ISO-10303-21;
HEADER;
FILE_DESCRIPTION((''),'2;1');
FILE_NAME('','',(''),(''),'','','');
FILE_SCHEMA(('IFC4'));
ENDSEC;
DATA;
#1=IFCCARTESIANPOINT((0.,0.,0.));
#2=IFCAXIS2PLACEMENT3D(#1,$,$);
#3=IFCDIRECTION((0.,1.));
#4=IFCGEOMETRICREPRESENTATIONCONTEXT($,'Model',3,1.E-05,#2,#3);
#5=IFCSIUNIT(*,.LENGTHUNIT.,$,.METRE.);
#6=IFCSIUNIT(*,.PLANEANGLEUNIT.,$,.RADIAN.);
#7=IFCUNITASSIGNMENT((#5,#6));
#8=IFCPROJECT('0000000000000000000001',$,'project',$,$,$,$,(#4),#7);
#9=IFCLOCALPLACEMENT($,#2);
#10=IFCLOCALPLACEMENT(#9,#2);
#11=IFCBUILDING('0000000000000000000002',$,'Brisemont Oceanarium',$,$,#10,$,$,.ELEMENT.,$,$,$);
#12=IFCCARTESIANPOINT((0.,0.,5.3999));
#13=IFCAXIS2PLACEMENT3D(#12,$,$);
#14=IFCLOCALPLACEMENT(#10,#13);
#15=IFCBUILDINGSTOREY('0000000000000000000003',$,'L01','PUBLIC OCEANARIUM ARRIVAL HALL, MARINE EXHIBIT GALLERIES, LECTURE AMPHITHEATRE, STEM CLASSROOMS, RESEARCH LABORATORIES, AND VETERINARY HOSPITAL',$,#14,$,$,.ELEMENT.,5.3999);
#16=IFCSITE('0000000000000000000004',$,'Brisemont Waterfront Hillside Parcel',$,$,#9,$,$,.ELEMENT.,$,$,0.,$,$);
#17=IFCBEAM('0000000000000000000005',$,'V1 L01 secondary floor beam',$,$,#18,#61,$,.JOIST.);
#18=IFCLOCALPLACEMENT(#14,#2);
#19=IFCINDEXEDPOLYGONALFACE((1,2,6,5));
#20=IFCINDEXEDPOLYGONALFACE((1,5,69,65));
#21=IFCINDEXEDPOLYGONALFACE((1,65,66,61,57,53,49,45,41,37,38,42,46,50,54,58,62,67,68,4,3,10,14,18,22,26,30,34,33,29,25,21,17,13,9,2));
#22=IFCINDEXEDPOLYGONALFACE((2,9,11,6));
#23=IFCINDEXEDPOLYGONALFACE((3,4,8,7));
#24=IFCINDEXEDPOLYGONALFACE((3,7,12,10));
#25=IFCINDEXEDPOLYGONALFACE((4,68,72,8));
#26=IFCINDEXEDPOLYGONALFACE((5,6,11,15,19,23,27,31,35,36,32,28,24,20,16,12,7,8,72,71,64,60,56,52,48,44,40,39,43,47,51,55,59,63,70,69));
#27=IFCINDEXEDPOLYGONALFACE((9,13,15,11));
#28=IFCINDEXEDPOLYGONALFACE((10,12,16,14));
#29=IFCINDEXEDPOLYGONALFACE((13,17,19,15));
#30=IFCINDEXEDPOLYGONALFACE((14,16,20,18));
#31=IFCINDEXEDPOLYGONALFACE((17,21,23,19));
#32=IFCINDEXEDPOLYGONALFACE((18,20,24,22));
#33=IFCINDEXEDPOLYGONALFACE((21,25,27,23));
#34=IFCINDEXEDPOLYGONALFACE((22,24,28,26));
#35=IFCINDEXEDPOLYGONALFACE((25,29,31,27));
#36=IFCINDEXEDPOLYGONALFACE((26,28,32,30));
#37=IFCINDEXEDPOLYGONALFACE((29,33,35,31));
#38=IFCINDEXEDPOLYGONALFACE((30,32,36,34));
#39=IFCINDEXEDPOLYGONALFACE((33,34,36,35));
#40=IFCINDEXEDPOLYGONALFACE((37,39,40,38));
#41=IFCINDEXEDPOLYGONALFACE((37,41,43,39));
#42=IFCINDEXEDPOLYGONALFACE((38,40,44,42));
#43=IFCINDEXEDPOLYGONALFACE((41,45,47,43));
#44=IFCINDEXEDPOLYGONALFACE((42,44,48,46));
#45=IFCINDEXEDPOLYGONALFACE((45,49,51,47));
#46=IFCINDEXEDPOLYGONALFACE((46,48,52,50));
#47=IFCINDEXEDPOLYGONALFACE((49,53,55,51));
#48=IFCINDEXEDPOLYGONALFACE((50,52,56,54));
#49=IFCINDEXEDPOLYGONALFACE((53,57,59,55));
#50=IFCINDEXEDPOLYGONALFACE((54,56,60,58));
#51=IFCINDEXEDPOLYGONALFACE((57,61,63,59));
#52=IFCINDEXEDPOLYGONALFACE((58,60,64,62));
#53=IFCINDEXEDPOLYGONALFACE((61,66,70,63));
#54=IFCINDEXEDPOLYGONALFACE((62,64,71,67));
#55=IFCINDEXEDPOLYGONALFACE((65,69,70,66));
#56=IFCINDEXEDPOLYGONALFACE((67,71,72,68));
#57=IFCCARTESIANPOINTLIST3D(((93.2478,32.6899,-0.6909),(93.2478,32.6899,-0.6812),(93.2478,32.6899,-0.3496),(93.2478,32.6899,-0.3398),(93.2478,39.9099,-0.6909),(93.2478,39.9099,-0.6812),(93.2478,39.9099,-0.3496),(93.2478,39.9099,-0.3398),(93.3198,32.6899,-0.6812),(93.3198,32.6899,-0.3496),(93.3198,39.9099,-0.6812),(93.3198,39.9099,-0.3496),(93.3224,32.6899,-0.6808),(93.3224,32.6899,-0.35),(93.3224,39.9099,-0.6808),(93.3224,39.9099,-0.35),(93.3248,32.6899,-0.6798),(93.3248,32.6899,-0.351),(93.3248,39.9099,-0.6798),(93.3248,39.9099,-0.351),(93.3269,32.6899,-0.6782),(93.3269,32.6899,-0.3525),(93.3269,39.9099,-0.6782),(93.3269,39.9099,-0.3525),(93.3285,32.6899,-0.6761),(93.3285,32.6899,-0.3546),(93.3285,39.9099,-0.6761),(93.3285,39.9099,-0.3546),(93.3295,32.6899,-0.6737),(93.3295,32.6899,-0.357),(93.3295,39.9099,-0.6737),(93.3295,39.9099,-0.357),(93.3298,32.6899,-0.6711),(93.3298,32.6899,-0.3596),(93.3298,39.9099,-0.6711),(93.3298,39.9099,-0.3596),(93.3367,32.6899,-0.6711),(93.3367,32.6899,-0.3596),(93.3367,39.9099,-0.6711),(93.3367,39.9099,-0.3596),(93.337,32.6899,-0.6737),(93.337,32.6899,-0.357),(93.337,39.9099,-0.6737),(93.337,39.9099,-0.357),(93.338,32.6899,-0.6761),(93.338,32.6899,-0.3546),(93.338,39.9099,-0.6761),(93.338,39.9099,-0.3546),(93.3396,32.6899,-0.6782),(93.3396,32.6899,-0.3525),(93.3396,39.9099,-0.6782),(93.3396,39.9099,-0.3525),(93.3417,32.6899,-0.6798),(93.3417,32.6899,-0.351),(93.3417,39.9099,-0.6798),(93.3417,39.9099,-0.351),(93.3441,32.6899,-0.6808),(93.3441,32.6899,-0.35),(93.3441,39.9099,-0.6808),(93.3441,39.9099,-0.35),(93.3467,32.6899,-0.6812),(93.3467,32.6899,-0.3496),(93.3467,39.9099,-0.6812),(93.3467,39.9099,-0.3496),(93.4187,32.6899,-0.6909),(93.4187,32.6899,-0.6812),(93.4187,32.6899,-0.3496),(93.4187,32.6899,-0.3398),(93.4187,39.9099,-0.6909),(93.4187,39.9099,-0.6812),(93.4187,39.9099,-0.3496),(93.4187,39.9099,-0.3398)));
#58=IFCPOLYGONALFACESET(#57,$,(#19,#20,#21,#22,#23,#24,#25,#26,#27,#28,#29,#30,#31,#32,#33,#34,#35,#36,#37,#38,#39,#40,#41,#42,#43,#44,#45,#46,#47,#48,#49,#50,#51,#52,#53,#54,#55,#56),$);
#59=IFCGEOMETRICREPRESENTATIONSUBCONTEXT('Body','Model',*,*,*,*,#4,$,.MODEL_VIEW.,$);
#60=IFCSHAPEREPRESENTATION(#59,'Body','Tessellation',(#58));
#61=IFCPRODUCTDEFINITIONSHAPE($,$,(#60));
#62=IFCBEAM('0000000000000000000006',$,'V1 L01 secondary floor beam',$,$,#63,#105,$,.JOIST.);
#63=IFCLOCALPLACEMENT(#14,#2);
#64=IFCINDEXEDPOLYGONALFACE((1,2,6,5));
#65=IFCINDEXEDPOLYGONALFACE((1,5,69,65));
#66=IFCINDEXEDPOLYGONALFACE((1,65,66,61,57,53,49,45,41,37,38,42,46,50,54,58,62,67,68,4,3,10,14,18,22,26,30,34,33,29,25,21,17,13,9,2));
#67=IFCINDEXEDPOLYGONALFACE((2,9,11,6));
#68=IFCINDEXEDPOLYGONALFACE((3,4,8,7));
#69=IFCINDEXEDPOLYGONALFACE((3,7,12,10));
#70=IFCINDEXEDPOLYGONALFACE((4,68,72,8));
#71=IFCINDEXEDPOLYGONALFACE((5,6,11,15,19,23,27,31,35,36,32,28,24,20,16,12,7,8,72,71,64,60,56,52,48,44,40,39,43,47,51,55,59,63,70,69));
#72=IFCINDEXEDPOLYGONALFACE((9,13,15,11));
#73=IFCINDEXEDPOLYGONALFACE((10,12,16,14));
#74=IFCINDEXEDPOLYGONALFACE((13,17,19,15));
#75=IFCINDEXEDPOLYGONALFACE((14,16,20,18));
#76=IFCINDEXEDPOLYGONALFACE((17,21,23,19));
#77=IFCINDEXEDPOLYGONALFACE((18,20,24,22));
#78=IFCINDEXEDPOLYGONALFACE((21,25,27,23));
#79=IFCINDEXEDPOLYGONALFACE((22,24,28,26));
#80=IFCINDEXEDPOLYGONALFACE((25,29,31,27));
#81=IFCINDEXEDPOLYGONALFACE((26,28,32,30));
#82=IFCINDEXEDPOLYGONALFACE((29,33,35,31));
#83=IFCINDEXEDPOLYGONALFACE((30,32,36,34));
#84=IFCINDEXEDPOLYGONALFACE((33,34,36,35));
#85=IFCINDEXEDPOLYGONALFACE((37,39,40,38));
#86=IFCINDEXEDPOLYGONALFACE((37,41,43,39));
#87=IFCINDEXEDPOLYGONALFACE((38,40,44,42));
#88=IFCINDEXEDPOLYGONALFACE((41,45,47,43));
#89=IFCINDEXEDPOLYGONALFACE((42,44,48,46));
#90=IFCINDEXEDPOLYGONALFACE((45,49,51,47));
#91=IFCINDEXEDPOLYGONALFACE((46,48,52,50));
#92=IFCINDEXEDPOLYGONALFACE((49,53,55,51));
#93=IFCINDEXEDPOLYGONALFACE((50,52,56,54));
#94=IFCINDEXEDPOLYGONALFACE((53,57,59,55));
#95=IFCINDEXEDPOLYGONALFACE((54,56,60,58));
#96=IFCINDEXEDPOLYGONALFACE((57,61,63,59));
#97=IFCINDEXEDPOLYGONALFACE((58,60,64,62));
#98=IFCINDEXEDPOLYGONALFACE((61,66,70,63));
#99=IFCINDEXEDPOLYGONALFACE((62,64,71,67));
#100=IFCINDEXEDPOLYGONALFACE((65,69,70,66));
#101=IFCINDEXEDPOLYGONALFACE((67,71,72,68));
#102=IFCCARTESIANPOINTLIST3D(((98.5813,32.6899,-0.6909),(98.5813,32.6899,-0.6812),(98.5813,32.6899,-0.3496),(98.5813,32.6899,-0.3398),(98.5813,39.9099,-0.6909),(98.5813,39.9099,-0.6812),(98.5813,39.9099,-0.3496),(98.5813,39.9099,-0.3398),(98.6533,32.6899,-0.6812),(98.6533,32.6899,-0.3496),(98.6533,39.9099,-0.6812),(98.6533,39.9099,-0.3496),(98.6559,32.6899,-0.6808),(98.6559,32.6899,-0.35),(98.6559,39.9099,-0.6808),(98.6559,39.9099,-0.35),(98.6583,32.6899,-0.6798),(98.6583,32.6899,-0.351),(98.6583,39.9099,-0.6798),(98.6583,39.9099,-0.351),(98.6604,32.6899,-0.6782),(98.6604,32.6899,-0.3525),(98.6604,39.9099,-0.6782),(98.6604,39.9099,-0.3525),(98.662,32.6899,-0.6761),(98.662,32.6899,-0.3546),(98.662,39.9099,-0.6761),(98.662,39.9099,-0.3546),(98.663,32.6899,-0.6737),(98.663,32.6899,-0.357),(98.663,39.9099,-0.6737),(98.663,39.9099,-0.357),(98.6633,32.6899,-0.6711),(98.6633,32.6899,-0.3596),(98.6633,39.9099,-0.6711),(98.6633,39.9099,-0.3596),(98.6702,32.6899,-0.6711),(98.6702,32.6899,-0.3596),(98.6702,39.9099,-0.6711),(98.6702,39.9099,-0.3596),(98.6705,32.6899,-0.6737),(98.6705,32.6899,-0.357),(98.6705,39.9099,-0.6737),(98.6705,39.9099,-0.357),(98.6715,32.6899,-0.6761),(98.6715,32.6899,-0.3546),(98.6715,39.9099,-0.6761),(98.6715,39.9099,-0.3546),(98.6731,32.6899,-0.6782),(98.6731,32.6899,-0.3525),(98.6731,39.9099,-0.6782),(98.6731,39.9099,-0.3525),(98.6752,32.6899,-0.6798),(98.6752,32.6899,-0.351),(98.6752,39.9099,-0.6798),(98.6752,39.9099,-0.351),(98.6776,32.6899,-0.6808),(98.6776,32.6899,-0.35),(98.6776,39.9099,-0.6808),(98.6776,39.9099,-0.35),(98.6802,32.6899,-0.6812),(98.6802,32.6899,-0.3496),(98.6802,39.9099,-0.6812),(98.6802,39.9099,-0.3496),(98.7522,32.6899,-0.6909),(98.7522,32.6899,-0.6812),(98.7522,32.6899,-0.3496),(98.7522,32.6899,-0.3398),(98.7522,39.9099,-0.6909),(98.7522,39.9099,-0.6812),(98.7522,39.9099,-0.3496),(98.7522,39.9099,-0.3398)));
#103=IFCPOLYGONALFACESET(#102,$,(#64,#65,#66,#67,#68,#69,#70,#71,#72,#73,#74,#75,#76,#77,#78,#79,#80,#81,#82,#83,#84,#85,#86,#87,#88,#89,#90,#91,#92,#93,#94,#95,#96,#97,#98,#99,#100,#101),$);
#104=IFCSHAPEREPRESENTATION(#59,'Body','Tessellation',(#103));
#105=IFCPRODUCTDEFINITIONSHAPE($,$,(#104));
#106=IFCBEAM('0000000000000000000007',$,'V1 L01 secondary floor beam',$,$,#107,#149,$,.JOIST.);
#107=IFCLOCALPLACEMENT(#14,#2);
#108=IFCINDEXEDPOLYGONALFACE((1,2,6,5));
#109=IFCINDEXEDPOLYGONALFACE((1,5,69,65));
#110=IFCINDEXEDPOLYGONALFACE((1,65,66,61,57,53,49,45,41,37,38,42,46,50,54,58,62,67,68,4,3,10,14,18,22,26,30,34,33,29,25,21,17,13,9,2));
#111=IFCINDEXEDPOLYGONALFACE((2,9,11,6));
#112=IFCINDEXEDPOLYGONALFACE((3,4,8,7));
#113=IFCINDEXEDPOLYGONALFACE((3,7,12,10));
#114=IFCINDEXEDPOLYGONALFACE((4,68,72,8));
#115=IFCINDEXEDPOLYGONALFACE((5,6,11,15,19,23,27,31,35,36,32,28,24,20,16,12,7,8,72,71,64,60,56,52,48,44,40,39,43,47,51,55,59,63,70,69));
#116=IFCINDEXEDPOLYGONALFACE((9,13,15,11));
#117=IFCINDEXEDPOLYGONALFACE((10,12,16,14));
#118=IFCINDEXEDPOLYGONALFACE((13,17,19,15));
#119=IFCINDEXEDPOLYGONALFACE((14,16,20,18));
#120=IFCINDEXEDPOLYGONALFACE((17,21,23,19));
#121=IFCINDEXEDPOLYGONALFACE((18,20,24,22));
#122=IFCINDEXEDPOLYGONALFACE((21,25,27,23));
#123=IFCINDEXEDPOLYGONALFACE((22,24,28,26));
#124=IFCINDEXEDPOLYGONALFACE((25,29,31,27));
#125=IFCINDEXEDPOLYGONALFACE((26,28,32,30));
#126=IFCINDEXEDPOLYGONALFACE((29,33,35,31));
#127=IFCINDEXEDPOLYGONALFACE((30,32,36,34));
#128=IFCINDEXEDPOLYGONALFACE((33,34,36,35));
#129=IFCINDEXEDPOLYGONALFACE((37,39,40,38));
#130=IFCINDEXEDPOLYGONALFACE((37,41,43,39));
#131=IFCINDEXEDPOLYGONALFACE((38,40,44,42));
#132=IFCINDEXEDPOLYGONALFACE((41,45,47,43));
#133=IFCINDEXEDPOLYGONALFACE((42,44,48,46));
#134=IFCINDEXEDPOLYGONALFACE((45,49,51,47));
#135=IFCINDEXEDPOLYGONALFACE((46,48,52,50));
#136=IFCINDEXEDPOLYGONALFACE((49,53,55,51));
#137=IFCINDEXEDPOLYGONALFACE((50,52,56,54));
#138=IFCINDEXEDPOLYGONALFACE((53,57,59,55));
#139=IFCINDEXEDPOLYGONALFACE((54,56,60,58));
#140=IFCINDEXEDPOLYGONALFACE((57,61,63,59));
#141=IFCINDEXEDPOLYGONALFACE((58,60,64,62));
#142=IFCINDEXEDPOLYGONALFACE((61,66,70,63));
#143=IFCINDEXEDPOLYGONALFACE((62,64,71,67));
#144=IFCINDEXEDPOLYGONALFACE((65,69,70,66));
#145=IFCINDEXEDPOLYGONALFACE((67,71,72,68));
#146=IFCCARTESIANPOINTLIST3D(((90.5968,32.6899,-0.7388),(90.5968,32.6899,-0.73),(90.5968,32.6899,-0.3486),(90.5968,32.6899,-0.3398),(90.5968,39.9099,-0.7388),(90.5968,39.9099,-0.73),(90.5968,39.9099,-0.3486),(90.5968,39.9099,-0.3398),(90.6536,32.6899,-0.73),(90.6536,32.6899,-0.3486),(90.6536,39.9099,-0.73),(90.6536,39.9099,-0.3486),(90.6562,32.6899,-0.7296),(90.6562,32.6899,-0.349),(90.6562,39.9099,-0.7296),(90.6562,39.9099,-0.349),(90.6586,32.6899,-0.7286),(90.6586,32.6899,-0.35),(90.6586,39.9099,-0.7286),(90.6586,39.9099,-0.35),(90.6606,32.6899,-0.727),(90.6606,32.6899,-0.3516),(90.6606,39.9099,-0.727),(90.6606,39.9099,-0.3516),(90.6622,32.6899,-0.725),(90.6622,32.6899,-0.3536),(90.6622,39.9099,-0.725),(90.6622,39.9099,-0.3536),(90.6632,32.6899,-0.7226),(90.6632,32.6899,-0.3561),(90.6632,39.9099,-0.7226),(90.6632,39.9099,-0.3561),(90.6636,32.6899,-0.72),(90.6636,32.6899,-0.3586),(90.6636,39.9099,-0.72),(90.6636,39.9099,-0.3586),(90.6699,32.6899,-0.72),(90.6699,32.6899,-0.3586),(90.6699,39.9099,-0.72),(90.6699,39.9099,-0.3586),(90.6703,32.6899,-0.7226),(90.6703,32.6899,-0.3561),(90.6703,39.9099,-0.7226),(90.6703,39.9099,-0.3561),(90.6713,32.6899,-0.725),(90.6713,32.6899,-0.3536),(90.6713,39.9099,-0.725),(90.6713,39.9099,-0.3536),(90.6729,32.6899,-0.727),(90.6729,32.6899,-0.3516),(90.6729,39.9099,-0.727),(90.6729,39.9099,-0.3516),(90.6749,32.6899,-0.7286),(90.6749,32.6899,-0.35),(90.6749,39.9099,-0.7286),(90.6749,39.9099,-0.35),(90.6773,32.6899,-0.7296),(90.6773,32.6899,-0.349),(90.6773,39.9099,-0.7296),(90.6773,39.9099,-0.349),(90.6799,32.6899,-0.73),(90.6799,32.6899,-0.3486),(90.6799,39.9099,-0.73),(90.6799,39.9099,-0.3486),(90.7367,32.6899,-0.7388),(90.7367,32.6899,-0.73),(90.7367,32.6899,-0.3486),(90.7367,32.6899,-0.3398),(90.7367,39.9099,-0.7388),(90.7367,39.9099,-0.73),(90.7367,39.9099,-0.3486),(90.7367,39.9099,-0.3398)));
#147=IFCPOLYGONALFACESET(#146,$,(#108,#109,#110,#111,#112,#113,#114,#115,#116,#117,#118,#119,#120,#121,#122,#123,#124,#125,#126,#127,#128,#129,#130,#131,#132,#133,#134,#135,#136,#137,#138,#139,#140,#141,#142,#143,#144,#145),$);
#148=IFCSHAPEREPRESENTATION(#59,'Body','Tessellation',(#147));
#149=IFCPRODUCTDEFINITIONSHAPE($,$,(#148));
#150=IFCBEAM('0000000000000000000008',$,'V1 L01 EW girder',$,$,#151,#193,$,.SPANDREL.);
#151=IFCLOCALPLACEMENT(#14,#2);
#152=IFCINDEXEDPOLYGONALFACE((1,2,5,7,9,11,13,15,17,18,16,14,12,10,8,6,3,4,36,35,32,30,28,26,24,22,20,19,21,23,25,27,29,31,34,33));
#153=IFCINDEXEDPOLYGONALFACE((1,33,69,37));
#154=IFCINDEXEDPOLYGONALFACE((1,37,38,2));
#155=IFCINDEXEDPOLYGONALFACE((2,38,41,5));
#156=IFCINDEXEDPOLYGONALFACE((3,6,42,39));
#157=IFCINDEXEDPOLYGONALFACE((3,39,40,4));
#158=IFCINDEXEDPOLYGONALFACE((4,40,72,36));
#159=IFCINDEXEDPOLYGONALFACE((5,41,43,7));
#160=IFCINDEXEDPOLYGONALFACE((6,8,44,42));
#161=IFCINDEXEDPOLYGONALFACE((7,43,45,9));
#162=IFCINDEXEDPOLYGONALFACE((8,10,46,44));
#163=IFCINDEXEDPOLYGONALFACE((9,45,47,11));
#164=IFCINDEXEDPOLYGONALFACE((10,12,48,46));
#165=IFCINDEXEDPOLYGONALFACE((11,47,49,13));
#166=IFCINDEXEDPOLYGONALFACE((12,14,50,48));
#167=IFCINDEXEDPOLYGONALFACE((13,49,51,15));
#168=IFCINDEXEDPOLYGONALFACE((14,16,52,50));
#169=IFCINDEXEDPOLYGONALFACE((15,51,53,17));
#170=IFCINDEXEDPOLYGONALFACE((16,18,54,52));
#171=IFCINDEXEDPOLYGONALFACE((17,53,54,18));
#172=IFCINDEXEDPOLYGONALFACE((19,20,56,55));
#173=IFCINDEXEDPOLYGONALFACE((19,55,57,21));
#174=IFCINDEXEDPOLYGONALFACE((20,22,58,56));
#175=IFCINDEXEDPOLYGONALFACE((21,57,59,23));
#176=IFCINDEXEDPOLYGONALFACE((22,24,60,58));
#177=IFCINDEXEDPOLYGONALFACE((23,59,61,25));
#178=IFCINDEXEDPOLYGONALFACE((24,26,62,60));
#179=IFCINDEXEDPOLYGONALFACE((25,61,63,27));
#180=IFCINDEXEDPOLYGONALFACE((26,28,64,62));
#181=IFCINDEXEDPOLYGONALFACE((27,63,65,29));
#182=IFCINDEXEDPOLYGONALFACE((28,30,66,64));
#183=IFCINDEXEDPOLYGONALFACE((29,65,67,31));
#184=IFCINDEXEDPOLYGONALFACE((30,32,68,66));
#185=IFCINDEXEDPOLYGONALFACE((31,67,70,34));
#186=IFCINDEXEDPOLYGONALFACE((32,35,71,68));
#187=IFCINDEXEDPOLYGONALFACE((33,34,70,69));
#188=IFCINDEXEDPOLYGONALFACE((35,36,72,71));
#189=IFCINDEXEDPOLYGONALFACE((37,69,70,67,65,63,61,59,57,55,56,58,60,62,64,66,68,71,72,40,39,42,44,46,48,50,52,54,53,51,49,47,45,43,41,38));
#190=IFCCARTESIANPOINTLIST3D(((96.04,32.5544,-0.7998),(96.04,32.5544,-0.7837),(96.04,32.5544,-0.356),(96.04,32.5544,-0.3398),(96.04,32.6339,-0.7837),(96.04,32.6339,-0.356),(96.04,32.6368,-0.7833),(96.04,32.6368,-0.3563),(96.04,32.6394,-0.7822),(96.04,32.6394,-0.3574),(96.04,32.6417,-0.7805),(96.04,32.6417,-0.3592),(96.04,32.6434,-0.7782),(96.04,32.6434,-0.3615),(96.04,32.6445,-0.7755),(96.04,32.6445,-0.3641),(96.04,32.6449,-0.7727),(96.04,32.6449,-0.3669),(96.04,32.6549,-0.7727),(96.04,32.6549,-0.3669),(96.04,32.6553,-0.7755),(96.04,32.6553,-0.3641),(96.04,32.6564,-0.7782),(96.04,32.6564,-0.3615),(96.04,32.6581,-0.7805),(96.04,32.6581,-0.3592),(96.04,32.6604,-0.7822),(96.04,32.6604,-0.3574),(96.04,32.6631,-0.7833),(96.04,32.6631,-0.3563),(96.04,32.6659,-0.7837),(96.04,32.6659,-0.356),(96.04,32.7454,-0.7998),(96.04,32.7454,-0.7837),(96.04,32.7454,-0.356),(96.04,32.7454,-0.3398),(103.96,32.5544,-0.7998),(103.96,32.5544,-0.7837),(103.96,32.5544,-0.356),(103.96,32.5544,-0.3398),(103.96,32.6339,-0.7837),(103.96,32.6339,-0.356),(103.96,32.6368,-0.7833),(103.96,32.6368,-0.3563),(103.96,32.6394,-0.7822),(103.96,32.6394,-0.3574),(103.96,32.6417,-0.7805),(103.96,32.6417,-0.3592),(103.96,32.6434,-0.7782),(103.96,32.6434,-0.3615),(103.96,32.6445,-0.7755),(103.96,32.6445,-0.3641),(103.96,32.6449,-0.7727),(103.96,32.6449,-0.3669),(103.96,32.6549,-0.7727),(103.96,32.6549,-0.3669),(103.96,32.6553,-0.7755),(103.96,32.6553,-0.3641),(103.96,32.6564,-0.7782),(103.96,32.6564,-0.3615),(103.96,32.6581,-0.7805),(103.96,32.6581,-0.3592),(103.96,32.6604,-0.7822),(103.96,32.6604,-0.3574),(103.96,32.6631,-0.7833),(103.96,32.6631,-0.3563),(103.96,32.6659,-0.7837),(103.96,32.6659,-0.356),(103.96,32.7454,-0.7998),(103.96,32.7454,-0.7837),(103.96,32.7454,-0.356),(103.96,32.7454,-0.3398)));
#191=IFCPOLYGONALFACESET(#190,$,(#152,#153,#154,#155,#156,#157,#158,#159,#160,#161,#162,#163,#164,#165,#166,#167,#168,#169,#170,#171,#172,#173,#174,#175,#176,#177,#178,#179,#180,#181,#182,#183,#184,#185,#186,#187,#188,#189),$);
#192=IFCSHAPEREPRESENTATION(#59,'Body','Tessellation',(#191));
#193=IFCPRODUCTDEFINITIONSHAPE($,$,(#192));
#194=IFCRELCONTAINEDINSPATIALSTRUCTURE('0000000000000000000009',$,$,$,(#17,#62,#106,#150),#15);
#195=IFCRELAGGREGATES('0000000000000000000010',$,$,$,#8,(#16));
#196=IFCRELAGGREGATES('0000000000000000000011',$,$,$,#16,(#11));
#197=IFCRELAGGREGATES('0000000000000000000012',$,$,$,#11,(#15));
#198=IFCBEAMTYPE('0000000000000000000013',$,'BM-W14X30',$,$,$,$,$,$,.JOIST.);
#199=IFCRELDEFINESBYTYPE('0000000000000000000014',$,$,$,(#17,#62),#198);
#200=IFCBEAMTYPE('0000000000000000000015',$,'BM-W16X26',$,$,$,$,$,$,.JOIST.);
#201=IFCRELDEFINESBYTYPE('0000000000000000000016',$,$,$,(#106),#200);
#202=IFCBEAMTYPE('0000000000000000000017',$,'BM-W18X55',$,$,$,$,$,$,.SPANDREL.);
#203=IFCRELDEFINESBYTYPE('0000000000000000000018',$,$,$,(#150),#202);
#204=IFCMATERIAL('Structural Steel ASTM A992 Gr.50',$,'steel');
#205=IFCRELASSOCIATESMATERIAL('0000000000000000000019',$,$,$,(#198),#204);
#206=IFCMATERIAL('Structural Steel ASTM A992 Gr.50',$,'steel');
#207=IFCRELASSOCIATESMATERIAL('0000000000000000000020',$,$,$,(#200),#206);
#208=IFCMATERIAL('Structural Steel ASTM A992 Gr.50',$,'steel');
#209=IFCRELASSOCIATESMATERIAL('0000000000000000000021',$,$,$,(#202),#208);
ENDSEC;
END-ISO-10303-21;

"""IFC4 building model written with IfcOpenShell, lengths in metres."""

from ifc_helpers import new_model, si_unit, direction, frame, origin, origin_2d, place, context, subcontext, project, spatial, i_section, extrude, material, material_profile, profile_set, type_object, element, save


model = new_model("IFC4")

# Units and contexts
model_context = context("Model", 3, precision=1e-05, world=origin(), true_north=direction((0.0, 1.0)))
body_context = subcontext(model_context, "Body", "Model", "MODEL_VIEW")
ifc_project = project(units=[si_unit("LENGTHUNIT", "METRE"), si_unit("PLANEANGLEUNIT", "RADIAN")], contexts=[model_context])

# Site, building, storey
site_placement = place(None, origin())
site = spatial("IfcSite", under=ifc_project, at=site_placement, Name="Brisemont Waterfront Hillside Parcel", CompositionType="ELEMENT", RefElevation=0.0)
building_placement = place(site_placement, origin())
building = spatial("IfcBuilding", under=site, at=building_placement, Name="Brisemont Oceanarium", CompositionType="ELEMENT")
storey_placement = place(building_placement, frame((0.0, 0.0, 5.3999)))
storey = spatial("IfcBuildingStorey", under=building, at=storey_placement, Name="L01", Description="PUBLIC OCEANARIUM ARRIVAL HALL, MARINE EXHIBIT GALLERIES, LECTURE AMPHITHEATRE, STEM CLASSROOMS, RESEARCH LABORATORIES, AND VETERINARY HOSPITAL", CompositionType="ELEMENT", Elevation=5.3999)

# Beams
ifc_material_1 = material(Name="Structural Steel ASTM A992 Gr.50", Category="steel")
ifc_material_profile_1 = material_profile(ifc_material_1, i_section(OverallWidth=0.1709, OverallDepth=0.3511, WebThickness=0.0068, FlangeThickness=0.0098, FilletRadius=0.01, at=origin_2d()), Name="W14X30")
ifc_profile_set_1 = profile_set([ifc_material_profile_1], Name="Structural Steel ASTM A992 Gr.50")
beam_type_1 = type_object("IfcBeamType", Name="BM-W14X30", PredefinedType="JOIST", material=ifc_profile_set_1)
for number, where, z_axis, x_axis, name in (
    (1, (93.3333, 32.6899, -0.5154), (0.0, 1.0, 0.0), (-1.0, 0.0, 0.0), "V1 L01 secondary floor beam"),
    (2, (98.6667, 32.6899, -0.5154), (0.0, 1.0, 0.0), (-1.0, 0.0, 0.0), "V1 L01 secondary floor beam"),
):
    element("IfcBeam", number, at=place(storey_placement, frame(where, z_axis=z_axis, x_axis=x_axis)), inside=storey, type_object=beam_type_1, Name=name, PredefinedType="JOIST", context=body_context, shape_type="SweptSolid", body=[
        extrude(i_section(OverallWidth=0.1709, OverallDepth=0.3511, WebThickness=0.0068, FlangeThickness=0.0098, FilletRadius=0.01, at=origin_2d()), origin(), (0.0, 0.0, 1.0), 7.22),
    ])
ifc_material_2 = material(Name="Structural Steel ASTM A992 Gr.50", Category="steel")
ifc_material_profile_2 = material_profile(ifc_material_2, i_section(OverallWidth=0.1399, OverallDepth=0.3989, WebThickness=0.0063, FlangeThickness=0.0088, FilletRadius=0.01, at=origin_2d()), Name="W16X26")
ifc_profile_set_2 = profile_set([ifc_material_profile_2], Name="Structural Steel ASTM A992 Gr.50")
beam_type_2 = type_object("IfcBeamType", Name="BM-W16X26", PredefinedType="JOIST", material=ifc_profile_set_2)
beam_1_placement = place(storey_placement, frame((90.6667, 32.6899, -0.5393), z_axis=(0.0, 1.0, 0.0), x_axis=(-1.0, 0.0, 0.0)))
element("IfcBeam", 3, at=beam_1_placement, inside=storey, type_object=beam_type_2, Name="V1 L01 secondary floor beam", PredefinedType="JOIST", context=body_context, shape_type="SweptSolid", body=[
    extrude(i_section(OverallWidth=0.1399, OverallDepth=0.3989, WebThickness=0.0063, FlangeThickness=0.0088, FilletRadius=0.01, at=origin_2d()), origin(), (0.0, 0.0, 1.0), 7.22),
])
ifc_material_3 = material(Name="Structural Steel ASTM A992 Gr.50", Category="steel")
ifc_material_profile_3 = material_profile(ifc_material_3, i_section(OverallWidth=0.1909, OverallDepth=0.46, WebThickness=0.01, FlangeThickness=0.0161, FilletRadius=0.011, at=origin_2d()), Name="W18X55")
ifc_profile_set_3 = profile_set([ifc_material_profile_3], Name="Structural Steel ASTM A992 Gr.50")
beam_type_3 = type_object("IfcBeamType", Name="BM-W18X55", PredefinedType="SPANDREL", material=ifc_profile_set_3)
for number, where, z_axis, x_axis, name in (
    (4, (96.04, 32.6499, -0.5698), (1.0, 0.0, 0.0), (0.0, 1.0, 0.0), "V1 L01 EW girder"),
):
    element("IfcBeam", number, at=place(storey_placement, frame(where, z_axis=z_axis, x_axis=x_axis)), inside=storey, type_object=beam_type_3, Name=name, PredefinedType="SPANDREL", context=body_context, shape_type="SweptSolid", body=[
        extrude(i_section(OverallWidth=0.1909, OverallDepth=0.46, WebThickness=0.01, FlangeThickness=0.0161, FilletRadius=0.011, at=origin_2d()), origin(), (0.0, 0.0, 1.0), 7.9199),
    ])

save(model, "model.ifc")
